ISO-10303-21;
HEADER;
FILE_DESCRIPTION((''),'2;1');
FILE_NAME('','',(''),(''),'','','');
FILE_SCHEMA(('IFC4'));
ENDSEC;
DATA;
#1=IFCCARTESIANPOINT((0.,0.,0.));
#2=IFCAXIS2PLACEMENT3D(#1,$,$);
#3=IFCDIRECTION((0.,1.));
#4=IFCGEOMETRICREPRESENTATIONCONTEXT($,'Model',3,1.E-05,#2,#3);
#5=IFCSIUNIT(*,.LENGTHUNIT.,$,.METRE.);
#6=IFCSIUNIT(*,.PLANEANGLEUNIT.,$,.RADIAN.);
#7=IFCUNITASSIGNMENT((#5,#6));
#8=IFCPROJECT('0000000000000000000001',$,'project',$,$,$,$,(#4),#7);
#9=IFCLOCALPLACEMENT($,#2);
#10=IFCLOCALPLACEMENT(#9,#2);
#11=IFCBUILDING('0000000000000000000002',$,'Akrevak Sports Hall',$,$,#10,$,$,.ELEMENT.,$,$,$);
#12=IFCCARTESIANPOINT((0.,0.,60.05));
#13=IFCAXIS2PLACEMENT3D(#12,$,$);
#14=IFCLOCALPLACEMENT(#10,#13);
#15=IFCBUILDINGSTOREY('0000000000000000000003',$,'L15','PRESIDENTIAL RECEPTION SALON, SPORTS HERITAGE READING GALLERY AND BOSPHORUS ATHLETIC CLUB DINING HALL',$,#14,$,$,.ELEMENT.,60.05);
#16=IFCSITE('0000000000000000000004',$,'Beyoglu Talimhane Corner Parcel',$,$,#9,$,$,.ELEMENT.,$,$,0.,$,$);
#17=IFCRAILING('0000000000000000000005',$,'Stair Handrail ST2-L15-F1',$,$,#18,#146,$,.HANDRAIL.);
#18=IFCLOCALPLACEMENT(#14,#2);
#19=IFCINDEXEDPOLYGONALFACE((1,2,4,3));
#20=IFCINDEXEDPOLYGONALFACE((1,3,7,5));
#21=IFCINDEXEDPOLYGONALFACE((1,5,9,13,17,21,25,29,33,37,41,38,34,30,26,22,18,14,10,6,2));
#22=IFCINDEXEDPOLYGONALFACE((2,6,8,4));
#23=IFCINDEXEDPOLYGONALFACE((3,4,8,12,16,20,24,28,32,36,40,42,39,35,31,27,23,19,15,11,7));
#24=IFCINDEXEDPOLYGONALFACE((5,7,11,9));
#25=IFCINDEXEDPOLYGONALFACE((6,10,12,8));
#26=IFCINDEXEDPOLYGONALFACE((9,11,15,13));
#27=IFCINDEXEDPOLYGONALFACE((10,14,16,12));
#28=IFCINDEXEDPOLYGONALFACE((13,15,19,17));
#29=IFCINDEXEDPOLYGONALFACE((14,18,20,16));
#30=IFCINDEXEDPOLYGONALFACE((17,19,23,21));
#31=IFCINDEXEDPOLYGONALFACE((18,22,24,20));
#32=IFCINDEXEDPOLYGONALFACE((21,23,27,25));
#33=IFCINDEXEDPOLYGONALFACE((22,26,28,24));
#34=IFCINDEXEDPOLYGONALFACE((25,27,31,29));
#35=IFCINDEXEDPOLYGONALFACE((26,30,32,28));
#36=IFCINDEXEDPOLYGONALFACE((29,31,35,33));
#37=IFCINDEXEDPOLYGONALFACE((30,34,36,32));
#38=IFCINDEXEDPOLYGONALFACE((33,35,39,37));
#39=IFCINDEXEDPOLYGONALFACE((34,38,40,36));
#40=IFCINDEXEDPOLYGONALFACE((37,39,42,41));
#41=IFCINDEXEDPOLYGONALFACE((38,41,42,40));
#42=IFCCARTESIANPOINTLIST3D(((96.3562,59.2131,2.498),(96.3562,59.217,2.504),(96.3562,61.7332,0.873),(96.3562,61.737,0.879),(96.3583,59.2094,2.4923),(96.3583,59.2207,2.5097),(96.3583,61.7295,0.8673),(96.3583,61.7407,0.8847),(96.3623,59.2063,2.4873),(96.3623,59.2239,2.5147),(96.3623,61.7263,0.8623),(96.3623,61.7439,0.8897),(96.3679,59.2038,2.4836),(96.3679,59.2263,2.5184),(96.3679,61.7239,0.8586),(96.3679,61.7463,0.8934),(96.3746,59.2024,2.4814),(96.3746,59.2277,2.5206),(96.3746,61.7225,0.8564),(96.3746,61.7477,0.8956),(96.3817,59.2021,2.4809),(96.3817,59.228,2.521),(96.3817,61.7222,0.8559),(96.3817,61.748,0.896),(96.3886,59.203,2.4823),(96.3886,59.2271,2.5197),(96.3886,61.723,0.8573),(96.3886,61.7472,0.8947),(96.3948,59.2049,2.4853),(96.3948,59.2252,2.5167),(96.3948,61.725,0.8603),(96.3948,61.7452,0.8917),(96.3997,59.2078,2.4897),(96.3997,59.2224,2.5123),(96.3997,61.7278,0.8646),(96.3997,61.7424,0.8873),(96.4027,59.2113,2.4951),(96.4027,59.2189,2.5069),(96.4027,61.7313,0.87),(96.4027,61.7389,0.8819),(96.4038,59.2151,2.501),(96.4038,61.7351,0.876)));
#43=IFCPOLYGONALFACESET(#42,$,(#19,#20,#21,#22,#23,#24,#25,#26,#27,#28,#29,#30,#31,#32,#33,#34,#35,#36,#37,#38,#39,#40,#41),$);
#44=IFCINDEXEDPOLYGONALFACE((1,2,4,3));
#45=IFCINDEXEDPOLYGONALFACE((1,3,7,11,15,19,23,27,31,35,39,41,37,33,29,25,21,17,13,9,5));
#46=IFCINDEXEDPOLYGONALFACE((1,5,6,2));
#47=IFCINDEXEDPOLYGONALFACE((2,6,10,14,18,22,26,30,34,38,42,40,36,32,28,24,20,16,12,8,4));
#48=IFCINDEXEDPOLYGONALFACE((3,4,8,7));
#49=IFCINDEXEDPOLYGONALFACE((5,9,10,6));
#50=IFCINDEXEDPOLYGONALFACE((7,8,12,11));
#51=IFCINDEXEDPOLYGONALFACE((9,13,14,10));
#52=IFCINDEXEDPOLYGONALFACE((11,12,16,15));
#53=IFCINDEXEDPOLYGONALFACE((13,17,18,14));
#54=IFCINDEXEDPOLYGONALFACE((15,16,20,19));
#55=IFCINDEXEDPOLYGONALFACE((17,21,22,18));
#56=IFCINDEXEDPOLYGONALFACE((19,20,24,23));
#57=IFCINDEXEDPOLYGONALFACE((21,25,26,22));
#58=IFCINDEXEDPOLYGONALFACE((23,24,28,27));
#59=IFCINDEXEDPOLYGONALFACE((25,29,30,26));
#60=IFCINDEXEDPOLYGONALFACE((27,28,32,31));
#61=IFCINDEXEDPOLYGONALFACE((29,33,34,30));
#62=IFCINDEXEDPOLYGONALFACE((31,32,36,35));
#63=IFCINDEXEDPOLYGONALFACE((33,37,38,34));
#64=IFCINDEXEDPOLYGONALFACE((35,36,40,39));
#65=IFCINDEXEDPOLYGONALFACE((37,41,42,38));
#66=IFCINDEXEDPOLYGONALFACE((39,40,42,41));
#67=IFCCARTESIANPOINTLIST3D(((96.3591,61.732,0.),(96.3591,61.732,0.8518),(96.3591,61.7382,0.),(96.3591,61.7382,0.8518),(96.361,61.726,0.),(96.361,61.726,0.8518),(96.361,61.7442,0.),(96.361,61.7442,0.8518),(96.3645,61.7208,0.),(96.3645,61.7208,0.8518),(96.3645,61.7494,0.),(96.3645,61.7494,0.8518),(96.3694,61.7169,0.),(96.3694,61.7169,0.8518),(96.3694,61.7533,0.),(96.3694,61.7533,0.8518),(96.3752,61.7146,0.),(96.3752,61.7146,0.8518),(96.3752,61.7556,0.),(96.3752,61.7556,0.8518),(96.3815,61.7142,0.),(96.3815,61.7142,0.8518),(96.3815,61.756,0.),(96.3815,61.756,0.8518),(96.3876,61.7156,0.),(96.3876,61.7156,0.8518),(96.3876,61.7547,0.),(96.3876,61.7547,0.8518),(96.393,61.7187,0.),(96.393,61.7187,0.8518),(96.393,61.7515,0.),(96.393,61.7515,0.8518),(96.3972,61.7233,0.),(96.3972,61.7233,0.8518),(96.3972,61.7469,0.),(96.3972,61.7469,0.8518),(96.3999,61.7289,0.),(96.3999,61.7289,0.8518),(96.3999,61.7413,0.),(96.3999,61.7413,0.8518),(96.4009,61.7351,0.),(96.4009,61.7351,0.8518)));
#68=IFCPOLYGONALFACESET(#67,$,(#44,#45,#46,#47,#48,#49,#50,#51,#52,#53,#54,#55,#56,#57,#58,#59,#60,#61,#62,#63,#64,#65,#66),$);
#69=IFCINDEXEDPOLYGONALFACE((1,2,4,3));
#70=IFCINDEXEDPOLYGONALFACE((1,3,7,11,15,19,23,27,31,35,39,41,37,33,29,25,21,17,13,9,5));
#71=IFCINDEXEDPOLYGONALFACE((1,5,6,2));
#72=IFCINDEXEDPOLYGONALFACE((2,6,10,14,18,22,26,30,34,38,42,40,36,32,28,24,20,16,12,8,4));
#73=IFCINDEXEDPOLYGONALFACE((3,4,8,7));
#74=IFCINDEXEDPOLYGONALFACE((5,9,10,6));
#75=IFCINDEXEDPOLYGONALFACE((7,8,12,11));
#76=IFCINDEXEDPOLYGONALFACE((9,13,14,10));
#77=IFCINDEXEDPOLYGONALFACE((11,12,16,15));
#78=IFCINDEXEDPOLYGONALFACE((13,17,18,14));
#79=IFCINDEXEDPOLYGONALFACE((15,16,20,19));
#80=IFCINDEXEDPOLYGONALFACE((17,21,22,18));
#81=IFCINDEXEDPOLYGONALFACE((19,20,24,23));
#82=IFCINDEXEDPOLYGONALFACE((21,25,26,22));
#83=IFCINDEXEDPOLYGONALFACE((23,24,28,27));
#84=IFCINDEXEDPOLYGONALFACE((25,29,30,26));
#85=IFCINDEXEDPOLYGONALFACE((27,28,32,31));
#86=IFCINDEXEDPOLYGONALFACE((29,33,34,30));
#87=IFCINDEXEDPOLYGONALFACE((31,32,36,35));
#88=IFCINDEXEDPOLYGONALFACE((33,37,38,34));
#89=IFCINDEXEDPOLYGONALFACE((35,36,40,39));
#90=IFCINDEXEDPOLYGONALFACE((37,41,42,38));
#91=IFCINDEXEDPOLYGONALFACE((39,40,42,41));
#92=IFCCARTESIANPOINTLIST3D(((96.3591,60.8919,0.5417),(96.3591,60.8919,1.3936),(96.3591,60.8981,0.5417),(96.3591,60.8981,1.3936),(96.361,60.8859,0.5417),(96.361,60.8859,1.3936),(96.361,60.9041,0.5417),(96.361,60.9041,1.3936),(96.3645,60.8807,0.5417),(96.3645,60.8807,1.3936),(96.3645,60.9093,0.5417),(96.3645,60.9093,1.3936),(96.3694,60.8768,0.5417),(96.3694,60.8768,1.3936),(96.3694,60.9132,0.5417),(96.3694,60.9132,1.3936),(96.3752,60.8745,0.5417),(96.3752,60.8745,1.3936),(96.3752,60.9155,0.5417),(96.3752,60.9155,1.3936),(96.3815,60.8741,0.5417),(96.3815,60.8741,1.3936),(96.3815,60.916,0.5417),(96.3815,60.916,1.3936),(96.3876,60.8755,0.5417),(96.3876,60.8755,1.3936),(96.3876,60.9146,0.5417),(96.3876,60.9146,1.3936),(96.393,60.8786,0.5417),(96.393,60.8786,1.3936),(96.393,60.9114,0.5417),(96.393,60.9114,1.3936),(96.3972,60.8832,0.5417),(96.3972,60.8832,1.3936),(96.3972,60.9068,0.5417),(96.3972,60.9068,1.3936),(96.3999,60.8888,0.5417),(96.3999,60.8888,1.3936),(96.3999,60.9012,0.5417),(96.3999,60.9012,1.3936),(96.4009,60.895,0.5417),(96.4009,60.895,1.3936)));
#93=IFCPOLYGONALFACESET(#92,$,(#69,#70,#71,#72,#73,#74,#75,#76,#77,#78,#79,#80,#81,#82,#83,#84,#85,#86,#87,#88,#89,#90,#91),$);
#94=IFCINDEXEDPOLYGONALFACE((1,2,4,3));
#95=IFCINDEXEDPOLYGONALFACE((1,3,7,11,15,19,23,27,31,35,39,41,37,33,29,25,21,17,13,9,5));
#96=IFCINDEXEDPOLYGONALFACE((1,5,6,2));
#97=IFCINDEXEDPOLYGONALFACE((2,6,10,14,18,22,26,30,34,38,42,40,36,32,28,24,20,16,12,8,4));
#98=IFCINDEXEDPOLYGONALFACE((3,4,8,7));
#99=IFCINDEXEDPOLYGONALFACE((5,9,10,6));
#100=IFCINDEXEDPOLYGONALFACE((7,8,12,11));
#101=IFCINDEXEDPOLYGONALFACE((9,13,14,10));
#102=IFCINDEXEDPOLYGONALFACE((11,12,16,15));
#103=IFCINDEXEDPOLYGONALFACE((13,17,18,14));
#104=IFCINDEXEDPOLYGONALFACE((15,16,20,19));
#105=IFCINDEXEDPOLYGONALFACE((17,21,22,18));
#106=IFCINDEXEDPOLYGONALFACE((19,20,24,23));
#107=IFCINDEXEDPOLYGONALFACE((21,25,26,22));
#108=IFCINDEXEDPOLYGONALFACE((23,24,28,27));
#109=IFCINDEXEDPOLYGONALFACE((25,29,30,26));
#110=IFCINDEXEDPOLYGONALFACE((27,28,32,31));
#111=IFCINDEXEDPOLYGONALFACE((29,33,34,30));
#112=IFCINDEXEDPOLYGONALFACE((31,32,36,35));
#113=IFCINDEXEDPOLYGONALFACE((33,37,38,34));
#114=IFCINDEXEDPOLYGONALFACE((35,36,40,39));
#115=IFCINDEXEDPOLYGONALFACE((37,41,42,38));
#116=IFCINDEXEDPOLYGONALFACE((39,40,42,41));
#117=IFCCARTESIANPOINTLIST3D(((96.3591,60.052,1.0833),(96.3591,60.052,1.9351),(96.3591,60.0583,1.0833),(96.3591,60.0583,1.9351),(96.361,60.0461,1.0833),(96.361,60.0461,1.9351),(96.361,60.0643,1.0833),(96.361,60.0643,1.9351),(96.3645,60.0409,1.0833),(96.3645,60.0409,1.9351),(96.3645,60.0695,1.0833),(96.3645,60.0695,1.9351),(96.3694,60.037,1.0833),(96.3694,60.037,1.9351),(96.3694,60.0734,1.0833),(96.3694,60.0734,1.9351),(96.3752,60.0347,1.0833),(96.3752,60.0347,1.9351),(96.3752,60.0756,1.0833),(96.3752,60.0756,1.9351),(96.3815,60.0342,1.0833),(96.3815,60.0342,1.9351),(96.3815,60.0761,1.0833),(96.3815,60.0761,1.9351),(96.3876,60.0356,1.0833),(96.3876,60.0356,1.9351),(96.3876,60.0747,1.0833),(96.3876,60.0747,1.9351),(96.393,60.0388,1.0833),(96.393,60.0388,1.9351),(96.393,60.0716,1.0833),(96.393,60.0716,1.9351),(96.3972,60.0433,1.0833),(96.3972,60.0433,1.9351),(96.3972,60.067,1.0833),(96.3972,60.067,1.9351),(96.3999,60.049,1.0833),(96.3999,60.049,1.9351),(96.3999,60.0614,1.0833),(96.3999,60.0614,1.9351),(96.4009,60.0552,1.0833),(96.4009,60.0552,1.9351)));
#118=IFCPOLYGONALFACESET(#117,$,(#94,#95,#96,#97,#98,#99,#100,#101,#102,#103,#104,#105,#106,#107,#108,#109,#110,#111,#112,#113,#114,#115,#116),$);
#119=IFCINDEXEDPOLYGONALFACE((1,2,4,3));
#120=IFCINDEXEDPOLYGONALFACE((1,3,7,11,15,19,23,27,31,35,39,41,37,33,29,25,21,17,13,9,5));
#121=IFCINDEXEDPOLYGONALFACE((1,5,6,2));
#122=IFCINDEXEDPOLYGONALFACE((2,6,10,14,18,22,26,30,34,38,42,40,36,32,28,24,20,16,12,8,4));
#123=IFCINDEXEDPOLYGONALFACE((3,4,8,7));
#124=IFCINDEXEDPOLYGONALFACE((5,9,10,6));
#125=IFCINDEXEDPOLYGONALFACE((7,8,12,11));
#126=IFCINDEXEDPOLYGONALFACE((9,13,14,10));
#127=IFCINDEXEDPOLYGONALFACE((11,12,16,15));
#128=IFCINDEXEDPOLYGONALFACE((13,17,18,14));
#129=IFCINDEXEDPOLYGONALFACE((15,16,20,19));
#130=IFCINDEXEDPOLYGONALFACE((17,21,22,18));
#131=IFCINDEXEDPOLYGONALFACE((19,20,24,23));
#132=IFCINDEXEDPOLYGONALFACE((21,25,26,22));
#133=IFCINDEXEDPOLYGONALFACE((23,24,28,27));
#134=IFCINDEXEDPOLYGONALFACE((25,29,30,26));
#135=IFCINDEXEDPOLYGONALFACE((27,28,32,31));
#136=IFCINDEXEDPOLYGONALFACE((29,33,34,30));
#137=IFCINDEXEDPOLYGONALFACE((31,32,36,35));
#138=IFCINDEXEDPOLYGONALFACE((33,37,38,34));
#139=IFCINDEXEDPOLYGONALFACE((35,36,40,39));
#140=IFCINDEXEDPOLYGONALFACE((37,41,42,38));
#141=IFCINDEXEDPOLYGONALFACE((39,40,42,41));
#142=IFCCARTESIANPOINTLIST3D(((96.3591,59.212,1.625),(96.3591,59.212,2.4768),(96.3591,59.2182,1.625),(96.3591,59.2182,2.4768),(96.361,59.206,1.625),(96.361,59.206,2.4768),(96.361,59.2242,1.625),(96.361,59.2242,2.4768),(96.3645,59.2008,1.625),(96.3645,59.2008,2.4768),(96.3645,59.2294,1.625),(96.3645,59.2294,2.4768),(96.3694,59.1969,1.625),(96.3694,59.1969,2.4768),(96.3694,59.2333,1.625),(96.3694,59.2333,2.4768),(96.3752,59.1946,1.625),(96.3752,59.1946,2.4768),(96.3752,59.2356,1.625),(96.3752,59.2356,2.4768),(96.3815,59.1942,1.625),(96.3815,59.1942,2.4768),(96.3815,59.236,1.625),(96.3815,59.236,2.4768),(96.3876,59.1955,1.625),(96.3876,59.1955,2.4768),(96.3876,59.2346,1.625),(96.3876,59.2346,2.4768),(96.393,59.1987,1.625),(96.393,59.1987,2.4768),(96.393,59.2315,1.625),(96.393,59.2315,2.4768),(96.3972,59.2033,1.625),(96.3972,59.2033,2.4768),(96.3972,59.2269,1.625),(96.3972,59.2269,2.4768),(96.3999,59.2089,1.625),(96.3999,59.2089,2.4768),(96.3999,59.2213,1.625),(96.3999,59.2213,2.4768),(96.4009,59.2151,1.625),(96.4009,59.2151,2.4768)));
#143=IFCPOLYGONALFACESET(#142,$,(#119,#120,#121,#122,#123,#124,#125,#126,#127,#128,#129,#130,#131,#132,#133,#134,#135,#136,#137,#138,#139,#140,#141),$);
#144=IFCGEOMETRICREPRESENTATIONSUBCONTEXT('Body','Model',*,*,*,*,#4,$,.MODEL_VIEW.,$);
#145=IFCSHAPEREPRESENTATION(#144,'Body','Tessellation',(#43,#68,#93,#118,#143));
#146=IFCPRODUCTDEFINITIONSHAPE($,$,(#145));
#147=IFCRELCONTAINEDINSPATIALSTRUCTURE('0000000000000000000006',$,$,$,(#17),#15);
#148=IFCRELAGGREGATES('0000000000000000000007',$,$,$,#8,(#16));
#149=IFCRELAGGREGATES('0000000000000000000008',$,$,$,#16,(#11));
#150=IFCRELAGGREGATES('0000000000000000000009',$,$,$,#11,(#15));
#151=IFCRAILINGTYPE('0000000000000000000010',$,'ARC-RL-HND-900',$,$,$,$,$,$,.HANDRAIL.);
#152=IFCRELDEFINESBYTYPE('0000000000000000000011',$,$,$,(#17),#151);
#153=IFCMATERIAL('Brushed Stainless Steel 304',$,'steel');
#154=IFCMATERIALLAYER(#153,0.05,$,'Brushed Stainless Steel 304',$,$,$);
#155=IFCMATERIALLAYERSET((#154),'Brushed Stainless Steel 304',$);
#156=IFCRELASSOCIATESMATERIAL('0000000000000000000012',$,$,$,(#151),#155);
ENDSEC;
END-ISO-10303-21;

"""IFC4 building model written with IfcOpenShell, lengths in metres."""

from ifc_helpers import new_model, si_unit, direction, frame, origin, origin_2d, place, context, subcontext, project, spatial, circle, extrude, material, layer, layer_set, type_object, element, save


model = new_model("IFC4")

# Units and contexts
model_context = context("Model", 3, precision=1e-05, world=origin(), true_north=direction((0.0, 1.0)))
body_context = subcontext(model_context, "Body", "Model", "MODEL_VIEW")
ifc_project = project(units=[si_unit("LENGTHUNIT", "METRE"), si_unit("PLANEANGLEUNIT", "RADIAN")], contexts=[model_context])

# Site, building, storey
site_placement = place(None, origin())
site = spatial("IfcSite", under=ifc_project, at=site_placement, Name="Beyoglu Talimhane Corner Parcel", CompositionType="ELEMENT", RefElevation=0.0)
building_placement = place(site_placement, origin())
building = spatial("IfcBuilding", under=site, at=building_placement, Name="Akrevak Sports Hall", CompositionType="ELEMENT")
storey_placement = place(building_placement, frame((0.0, 0.0, 60.05)))
storey = spatial("IfcBuildingStorey", under=building, at=storey_placement, Name="L15", Description="PRESIDENTIAL RECEPTION SALON, SPORTS HERITAGE READING GALLERY AND BOSPHORUS ATHLETIC CLUB DINING HALL", CompositionType="ELEMENT", Elevation=60.05)

# Shared definitions
ifc_material_1 = material(Name="Brushed Stainless Steel 304", Category="steel")

# Railing
ifc_layer_1 = layer(ifc_material_1, 0.05, Name="Brushed Stainless Steel 304")
ifc_layer_set_1 = layer_set([ifc_layer_1], Name="Brushed Stainless Steel 304")
railing_type_1 = type_object("IfcRailingType", Name="ARC-RL-HND-900", PredefinedType="HANDRAIL", material=ifc_layer_set_1)
railing_1_placement = place(storey_placement, frame((96.3799, 61.7351, 0.0)))
element("IfcRailing", 1, at=railing_1_placement, inside=storey, type_object=railing_type_1, Name="Stair Handrail ST2-L15-F1", PredefinedType="HANDRAIL", context=body_context, shape_type="SweptSolid", body=[
    extrude(circle(Radius=0.0239, at=origin_2d()), frame((0.0, 0.0, 0.876), z_axis=(0.0, -0.840421, 0.541934), x_axis=(1.0, 0.0, 0.0)), (0.0, 0.0, 1.0), 2.9985),
    extrude(circle(Radius=0.021, at=origin_2d()), origin(), (0.0, 0.0, 1.0), 0.8518),
    extrude(circle(Radius=0.021, at=origin_2d()), frame((0.0, -0.8401, 0.5417)), (0.0, 0.0, 1.0), 0.8518),
    extrude(circle(Radius=0.021, at=origin_2d()), frame((0.0, -1.6799, 1.0833)), (0.0, 0.0, 1.0), 0.8518),
    extrude(circle(Radius=0.021, at=origin_2d()), frame((0.0, -2.52, 1.625)), (0.0, 0.0, 1.0), 0.8518),
])

save(model, "model.ifc")
